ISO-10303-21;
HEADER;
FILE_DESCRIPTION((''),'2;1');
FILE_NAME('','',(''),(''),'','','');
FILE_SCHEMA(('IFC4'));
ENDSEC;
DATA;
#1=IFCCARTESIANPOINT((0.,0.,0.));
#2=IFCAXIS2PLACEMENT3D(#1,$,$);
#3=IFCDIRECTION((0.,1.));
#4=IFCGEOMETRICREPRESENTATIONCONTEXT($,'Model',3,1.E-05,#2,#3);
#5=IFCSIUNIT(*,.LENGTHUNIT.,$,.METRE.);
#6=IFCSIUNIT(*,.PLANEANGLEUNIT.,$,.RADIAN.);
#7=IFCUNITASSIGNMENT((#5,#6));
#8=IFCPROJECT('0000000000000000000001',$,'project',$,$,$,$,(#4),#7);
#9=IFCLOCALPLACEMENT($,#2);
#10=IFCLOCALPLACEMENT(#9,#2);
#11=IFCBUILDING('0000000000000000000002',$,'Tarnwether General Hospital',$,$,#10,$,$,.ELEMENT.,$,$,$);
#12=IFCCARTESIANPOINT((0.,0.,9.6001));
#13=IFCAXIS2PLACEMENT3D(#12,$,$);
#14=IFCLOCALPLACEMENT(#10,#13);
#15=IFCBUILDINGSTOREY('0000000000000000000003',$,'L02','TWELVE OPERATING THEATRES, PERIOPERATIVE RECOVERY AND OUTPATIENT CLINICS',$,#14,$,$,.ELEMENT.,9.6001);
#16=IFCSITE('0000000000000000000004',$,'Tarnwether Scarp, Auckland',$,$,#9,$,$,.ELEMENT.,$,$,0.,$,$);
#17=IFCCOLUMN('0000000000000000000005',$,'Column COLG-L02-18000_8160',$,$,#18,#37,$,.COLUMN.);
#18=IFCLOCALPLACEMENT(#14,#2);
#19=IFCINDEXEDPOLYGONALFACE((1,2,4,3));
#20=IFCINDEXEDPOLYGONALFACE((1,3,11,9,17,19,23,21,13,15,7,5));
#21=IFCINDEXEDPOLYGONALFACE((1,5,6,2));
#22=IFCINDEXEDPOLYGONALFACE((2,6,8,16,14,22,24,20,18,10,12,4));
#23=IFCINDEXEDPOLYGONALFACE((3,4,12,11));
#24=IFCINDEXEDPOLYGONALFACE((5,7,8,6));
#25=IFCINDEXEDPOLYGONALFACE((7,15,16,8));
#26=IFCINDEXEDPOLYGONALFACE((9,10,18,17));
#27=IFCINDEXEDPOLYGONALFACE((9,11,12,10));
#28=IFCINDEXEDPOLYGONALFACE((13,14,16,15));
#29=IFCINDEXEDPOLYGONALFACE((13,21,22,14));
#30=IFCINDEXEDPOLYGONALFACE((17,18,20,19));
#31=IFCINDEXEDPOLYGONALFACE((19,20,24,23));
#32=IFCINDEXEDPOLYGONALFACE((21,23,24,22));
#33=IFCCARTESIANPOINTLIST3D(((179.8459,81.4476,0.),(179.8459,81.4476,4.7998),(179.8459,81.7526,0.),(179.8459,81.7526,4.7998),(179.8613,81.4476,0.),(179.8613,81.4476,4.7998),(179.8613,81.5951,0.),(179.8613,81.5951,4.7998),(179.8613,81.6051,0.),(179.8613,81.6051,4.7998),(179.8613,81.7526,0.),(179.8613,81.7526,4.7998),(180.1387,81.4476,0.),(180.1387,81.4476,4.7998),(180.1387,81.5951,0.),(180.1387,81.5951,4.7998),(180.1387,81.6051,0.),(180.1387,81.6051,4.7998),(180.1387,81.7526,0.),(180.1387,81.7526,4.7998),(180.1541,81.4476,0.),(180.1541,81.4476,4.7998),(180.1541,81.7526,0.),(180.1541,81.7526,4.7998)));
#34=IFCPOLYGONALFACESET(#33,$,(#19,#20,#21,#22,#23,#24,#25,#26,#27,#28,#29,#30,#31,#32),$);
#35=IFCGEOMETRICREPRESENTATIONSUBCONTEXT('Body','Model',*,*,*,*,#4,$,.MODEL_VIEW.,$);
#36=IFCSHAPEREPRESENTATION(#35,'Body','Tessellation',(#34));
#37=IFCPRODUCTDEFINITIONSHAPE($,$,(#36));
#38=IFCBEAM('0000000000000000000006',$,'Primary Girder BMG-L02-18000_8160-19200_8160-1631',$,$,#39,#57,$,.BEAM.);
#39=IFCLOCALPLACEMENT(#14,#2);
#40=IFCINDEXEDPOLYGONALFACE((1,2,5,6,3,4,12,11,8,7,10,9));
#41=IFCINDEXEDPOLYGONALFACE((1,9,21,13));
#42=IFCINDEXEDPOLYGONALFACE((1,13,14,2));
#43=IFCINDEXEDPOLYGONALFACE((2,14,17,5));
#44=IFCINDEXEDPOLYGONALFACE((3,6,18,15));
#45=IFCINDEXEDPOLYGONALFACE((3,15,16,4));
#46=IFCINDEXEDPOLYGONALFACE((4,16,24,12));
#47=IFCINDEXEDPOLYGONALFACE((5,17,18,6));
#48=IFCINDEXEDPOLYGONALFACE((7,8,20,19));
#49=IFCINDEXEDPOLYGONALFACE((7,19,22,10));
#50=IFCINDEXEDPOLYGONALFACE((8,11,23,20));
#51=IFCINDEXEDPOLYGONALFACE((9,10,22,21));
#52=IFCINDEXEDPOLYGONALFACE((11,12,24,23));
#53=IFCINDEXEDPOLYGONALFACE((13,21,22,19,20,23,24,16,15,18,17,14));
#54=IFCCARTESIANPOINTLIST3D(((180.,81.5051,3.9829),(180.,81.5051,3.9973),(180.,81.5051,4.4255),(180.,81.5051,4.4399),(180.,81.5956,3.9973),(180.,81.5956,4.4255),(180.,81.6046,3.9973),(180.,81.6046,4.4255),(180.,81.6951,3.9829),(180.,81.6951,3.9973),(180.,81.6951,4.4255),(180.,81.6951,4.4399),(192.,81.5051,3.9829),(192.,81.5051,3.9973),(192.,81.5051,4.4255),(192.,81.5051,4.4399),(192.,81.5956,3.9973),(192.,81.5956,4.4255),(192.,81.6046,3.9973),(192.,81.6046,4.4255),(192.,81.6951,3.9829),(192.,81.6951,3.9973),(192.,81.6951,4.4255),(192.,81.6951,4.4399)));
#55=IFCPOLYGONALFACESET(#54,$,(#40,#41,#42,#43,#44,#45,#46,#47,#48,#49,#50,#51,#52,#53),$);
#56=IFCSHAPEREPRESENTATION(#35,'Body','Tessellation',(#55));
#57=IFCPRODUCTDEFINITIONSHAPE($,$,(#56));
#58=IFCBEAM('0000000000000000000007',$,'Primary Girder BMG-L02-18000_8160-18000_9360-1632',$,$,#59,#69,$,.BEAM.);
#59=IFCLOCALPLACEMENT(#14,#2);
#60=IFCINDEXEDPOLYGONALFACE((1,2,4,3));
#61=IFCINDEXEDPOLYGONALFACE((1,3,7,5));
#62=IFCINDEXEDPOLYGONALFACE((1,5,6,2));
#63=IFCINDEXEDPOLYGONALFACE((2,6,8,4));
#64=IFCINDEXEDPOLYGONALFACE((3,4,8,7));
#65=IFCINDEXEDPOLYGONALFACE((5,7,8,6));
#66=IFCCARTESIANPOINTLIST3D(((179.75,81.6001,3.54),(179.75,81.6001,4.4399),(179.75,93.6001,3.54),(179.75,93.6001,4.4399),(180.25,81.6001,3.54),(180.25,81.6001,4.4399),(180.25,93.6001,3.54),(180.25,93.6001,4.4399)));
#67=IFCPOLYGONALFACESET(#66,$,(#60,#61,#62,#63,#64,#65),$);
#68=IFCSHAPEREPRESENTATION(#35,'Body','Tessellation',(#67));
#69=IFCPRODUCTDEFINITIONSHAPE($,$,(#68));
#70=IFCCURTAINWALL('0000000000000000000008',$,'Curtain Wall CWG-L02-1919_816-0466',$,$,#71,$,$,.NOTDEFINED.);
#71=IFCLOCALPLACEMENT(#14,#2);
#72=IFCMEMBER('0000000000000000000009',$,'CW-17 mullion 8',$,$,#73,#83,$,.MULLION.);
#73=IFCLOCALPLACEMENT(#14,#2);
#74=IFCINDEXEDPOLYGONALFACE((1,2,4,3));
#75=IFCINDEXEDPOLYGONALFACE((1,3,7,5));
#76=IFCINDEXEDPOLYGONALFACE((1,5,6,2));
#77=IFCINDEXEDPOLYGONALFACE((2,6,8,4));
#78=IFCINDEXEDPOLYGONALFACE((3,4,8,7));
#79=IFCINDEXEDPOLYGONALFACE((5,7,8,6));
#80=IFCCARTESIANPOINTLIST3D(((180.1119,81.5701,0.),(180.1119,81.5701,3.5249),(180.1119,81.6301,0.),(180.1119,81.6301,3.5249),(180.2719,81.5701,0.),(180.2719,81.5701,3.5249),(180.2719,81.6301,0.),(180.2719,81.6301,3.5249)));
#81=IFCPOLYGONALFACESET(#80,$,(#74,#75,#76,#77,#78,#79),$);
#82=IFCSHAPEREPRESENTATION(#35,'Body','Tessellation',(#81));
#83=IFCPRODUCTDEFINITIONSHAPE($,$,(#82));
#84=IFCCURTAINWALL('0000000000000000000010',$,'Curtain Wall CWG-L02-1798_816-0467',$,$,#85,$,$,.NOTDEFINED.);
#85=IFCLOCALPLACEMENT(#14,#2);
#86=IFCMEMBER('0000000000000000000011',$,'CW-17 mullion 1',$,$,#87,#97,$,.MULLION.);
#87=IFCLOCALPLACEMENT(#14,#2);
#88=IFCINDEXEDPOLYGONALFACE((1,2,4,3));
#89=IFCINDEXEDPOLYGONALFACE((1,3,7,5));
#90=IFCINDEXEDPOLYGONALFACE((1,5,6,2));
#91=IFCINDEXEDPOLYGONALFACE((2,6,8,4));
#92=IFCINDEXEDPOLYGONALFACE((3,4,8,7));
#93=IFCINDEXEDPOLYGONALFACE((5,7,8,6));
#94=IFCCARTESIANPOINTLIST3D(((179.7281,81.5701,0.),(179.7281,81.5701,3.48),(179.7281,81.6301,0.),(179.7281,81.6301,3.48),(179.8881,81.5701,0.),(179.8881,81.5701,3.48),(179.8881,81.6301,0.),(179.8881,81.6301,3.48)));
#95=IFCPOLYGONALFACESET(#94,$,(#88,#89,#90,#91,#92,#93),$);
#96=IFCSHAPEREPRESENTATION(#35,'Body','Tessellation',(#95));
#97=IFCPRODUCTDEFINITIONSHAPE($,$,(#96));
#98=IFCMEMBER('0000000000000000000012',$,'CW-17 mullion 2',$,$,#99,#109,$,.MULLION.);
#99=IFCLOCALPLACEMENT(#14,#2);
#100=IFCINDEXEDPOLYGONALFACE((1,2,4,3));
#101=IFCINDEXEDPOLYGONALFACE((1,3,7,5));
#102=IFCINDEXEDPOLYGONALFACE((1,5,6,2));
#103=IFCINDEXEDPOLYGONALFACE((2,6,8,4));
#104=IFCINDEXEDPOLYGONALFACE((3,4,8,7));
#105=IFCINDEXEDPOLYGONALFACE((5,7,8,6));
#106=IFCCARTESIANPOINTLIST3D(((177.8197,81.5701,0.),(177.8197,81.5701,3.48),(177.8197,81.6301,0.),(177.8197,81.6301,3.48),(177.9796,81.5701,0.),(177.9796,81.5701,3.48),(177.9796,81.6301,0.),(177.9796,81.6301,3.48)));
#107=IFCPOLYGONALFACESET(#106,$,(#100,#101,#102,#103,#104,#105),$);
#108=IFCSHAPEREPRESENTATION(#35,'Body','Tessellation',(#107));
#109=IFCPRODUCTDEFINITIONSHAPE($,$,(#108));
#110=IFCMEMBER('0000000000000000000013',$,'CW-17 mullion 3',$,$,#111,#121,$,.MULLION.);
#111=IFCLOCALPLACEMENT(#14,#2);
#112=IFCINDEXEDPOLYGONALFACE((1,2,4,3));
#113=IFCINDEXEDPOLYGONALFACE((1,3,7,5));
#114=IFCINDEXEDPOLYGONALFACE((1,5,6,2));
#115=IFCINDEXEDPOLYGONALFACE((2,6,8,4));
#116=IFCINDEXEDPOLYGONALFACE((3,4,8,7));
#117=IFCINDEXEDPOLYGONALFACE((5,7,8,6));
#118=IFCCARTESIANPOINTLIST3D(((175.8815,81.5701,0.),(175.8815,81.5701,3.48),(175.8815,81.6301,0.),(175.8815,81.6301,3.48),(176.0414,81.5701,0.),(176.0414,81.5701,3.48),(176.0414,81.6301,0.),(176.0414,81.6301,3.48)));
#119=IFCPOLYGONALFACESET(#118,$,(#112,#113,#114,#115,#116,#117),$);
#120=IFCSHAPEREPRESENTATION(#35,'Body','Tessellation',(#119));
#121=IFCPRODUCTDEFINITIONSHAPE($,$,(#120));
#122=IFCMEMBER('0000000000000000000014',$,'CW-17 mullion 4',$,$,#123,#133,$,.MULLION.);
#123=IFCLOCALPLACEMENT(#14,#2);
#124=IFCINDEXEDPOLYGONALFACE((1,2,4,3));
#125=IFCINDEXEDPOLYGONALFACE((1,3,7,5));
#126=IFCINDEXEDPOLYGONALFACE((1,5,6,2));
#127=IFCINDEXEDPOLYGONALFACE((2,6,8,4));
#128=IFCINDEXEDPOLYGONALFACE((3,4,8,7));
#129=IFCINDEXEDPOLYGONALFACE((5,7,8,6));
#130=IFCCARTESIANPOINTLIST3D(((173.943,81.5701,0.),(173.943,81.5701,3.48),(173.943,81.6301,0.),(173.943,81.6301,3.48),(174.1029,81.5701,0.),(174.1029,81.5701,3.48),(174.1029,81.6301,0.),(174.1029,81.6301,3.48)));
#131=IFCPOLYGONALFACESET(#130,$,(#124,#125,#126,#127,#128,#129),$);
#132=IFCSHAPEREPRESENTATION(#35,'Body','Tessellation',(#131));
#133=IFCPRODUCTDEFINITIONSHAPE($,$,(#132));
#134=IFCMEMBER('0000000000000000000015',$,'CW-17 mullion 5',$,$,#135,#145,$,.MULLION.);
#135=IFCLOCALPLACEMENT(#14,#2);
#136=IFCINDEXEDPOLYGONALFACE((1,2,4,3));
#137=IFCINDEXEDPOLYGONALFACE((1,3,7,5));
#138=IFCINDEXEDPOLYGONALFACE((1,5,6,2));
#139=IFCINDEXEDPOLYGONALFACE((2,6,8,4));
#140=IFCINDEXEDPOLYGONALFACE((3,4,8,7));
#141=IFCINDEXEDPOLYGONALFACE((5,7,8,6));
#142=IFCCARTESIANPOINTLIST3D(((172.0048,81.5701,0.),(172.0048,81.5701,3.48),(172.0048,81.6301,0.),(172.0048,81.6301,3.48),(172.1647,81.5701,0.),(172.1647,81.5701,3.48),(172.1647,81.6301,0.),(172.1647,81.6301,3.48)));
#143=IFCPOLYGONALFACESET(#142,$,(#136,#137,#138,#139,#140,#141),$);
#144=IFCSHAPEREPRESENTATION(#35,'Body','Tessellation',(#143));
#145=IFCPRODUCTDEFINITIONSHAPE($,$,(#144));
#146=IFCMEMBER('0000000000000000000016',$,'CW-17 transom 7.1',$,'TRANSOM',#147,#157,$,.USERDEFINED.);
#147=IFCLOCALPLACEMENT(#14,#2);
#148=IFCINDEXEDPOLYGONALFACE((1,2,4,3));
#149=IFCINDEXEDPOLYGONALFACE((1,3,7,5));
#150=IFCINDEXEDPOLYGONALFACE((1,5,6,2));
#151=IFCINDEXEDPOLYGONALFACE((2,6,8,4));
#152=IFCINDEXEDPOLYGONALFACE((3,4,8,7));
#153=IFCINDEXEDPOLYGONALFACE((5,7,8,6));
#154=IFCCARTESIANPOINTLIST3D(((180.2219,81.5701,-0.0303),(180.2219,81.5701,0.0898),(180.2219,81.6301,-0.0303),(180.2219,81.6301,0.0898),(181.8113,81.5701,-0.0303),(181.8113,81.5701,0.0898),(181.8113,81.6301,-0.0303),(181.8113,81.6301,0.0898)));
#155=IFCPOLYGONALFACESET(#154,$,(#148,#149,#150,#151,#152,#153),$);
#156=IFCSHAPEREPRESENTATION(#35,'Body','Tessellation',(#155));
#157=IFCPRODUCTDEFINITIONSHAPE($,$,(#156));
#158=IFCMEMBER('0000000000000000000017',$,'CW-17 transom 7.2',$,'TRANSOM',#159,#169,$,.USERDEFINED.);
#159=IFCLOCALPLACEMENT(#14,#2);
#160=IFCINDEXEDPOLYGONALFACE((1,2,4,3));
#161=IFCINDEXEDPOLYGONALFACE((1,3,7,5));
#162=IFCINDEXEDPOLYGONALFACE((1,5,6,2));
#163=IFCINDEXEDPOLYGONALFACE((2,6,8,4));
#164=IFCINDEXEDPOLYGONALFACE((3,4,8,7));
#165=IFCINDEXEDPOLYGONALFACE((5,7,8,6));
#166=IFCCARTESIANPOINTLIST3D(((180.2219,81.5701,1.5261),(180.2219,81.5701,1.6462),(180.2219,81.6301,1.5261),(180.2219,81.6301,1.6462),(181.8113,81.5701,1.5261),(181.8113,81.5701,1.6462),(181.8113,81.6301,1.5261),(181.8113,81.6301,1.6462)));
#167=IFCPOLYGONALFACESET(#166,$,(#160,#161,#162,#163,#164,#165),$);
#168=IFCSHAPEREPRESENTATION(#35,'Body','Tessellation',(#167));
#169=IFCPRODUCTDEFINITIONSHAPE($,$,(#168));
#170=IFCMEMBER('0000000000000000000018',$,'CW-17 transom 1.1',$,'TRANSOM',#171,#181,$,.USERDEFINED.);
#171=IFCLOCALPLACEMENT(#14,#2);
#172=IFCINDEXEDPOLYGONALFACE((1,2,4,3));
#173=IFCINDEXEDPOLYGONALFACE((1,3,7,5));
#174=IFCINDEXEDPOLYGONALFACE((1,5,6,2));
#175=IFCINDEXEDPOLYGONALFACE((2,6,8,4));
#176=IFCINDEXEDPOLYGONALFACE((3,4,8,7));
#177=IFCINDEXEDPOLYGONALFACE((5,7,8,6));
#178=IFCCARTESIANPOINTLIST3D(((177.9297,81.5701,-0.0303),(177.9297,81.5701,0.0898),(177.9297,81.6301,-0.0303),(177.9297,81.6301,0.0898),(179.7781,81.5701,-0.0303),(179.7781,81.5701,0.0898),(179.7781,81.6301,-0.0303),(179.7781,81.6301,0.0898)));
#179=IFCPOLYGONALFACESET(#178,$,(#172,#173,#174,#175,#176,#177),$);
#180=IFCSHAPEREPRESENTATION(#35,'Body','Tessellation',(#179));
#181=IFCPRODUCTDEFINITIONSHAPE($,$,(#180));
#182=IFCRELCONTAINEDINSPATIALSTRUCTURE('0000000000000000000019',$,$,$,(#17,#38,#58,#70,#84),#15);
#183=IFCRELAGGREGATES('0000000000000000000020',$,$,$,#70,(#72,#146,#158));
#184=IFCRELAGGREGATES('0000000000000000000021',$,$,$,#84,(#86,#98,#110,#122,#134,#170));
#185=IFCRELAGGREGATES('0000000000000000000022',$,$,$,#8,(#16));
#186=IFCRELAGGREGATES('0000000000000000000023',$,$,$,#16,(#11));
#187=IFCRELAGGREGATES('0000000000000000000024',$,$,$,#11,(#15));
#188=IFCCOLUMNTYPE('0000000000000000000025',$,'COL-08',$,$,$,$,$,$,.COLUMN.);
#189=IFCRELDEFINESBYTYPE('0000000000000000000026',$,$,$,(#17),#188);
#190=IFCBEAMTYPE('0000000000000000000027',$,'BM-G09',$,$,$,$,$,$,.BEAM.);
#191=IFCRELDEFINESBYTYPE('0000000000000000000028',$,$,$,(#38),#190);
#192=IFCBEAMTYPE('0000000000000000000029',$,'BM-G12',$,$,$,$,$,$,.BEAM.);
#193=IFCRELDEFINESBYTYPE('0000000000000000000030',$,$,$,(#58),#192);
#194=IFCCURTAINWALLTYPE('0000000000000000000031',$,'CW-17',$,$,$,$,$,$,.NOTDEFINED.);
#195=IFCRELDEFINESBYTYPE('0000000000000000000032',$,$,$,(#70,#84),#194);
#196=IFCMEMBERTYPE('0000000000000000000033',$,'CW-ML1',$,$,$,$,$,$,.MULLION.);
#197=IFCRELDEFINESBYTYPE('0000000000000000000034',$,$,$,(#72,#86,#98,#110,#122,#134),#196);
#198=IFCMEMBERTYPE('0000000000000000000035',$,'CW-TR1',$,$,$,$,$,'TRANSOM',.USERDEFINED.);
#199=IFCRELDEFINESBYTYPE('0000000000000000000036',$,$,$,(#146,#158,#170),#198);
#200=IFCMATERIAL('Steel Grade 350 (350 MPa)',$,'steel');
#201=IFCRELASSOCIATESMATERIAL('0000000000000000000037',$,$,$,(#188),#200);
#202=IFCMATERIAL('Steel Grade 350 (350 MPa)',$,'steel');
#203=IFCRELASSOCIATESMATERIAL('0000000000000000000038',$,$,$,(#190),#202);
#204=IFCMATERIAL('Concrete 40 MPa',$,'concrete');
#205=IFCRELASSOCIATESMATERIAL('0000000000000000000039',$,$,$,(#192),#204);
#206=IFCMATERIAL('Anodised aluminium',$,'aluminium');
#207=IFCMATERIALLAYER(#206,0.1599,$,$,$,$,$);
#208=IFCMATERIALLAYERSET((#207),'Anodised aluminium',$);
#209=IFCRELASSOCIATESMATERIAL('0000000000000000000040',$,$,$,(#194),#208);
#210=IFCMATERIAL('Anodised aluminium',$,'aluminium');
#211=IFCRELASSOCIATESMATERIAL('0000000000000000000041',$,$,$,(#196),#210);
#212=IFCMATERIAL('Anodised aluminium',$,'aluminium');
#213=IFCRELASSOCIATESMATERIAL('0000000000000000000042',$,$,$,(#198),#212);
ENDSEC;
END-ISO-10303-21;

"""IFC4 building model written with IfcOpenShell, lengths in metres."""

from ifc_helpers import new_model, si_unit, direction, frame, origin, origin_2d, place, context, subcontext, project, spatial, rectangle, i_section, extrude, material, layer, layer_set, material_profile, profile_set, type_object, element, aggregate, save


model = new_model("IFC4")

# Units and contexts
model_context = context("Model", 3, precision=1e-05, world=origin(), true_north=direction((0.0, 1.0)))
body_context = subcontext(model_context, "Body", "Model", "MODEL_VIEW")
ifc_project = project(units=[si_unit("LENGTHUNIT", "METRE"), si_unit("PLANEANGLEUNIT", "RADIAN")], contexts=[model_context])

# Site, building, storey
site_placement = place(None, origin())
site = spatial("IfcSite", under=ifc_project, at=site_placement, Name="Tarnwether Scarp, Auckland", CompositionType="ELEMENT", RefElevation=0.0)
building_placement = place(site_placement, origin())
building = spatial("IfcBuilding", under=site, at=building_placement, Name="Tarnwether General Hospital", CompositionType="ELEMENT")
storey_placement = place(building_placement, frame((0.0, 0.0, 9.6001)))
storey = spatial("IfcBuildingStorey", under=building, at=storey_placement, Name="L02", Description="TWELVE OPERATING THEATRES, PERIOPERATIVE RECOVERY AND OUTPATIENT CLINICS", CompositionType="ELEMENT", Elevation=9.6001)

# Column
ifc_material_1 = material(Name="Steel Grade 350 (350 MPa)", Category="steel")
ifc_material_profile_1 = material_profile(ifc_material_1, i_section(OverallWidth=0.3049, OverallDepth=0.3081, WebThickness=0.01, FlangeThickness=0.0154, at=origin_2d()), Name="310UC96.8")
ifc_profile_set_1 = profile_set([ifc_material_profile_1], Name="Steel Grade 350 (350 MPa)")
column_type = type_object("IfcColumnType", Name="COL-08", PredefinedType="COLUMN", material=ifc_profile_set_1)
column_placement = place(storey_placement, frame((180.0, 81.6001, 0.0), z_axis=(0.0, 0.0, 1.0), x_axis=(0.0, 1.0, 0.0)))
element("IfcColumn", 1, at=column_placement, inside=storey, type_object=column_type, Name="Column COLG-L02-18000_8160", PredefinedType="COLUMN", context=body_context, shape_type="SweptSolid", body=[
    extrude(i_section(OverallWidth=0.3049, OverallDepth=0.3081, WebThickness=0.01, FlangeThickness=0.0154, at=origin_2d()), origin(), (0.0, 0.0, 1.0), 4.7998),
])

# Beams
ifc_material_2 = material(Name="Steel Grade 350 (350 MPa)", Category="steel")
ifc_material_profile_2 = material_profile(ifc_material_2, i_section(OverallWidth=0.1899, OverallDepth=0.457, WebThickness=0.009, FlangeThickness=0.0144, at=origin_2d()), Name="460UB74.6")
ifc_profile_set_2 = profile_set([ifc_material_profile_2], Name="Steel Grade 350 (350 MPa)")
beam_type_1 = type_object("IfcBeamType", Name="BM-G09", PredefinedType="BEAM", material=ifc_profile_set_2)
beam_1_placement = place(storey_placement, frame((180.0, 81.6001, 4.2114), z_axis=(1.0, 0.0, 0.0), x_axis=(0.0, 1.0, 0.0)))
element("IfcBeam", 2, at=beam_1_placement, inside=storey, type_object=beam_type_1, Name="Primary Girder BMG-L02-18000_8160-19200_8160-1631", PredefinedType="BEAM", context=body_context, shape_type="SweptSolid", body=[
    extrude(i_section(OverallWidth=0.1899, OverallDepth=0.457, WebThickness=0.009, FlangeThickness=0.0144, at=origin_2d()), origin(), (0.0, 0.0, 1.0), 12.0),
])
ifc_material_3 = material(Name="Concrete 40 MPa", Category="concrete")
ifc_material_profile_3 = material_profile(ifc_material_3, rectangle(XDim=0.5, YDim=0.8999, at=origin_2d()), Name="RC-BM-500x900")
ifc_profile_set_3 = profile_set([ifc_material_profile_3], Name="Concrete 40 MPa")
beam_type_2 = type_object("IfcBeamType", Name="BM-G12", PredefinedType="BEAM", material=ifc_profile_set_3)
beam_2_placement = place(storey_placement, frame((180.0, 81.6001, 3.99), z_axis=(0.0, 1.0, 0.0), x_axis=(-1.0, 0.0, 0.0)))
element("IfcBeam", 3, at=beam_2_placement, inside=storey, type_object=beam_type_2, Name="Primary Girder BMG-L02-18000_8160-18000_9360-1632", PredefinedType="BEAM", context=body_context, shape_type="SweptSolid", body=[
    extrude(rectangle(XDim=0.5, YDim=0.8999, at=origin_2d()), origin(), (0.0, 0.0, 1.0), 12.0),
])

# Curtain wall, member
ifc_material_4 = material(Name="Anodised aluminium", Category="aluminium")
ifc_layer_1 = layer(ifc_material_4, 0.1599)
ifc_layer_set_1 = layer_set([ifc_layer_1], Name="Anodised aluminium")
curtain_wall_type = type_object("IfcCurtainWallType", Name="CW-17", PredefinedType="NOTDEFINED", material=ifc_layer_set_1)
curtain_wall_1_placement = place(storey_placement, origin())
curtain_wall_1 = element("IfcCurtainWall", 4, at=curtain_wall_1_placement, inside=storey, type_object=curtain_wall_type, Name="Curtain Wall CWG-L02-1919_816-0466", PredefinedType="NOTDEFINED")
ifc_material_5 = material(Name="Anodised aluminium", Category="aluminium")
ifc_material_profile_4 = material_profile(ifc_material_5, rectangle(XDim=0.0601, YDim=0.1599, at=origin_2d()), Name="ALU-MUL-60x160")
ifc_profile_set_4 = profile_set([ifc_material_profile_4], Name="Anodised aluminium")
member_type_1 = type_object("IfcMemberType", Name="CW-ML1", PredefinedType="MULLION", material=ifc_profile_set_4)
member_1_placement = place(storey_placement, frame((180.1919, 81.6001, 0.0), z_axis=(0.0, 0.0, 1.0), x_axis=(0.0, -1.0, 0.0)))
member_1 = element("IfcMember", 5, at=member_1_placement, type_object=member_type_1, Name="CW-17 mullion 8", PredefinedType="MULLION", context=body_context, shape_type="SweptSolid", body=[
    extrude(rectangle(XDim=0.0601, YDim=0.1599, at=origin_2d()), origin(), (0.0, 0.0, 1.0), 3.5249),
])

# Curtain wall, members
curtain_wall_2_placement = place(storey_placement, origin())
curtain_wall_2 = element("IfcCurtainWall", 6, at=curtain_wall_2_placement, inside=storey, type_object=curtain_wall_type, Name="Curtain Wall CWG-L02-1798_816-0467", PredefinedType="NOTDEFINED")
member_2_placement = place(storey_placement, frame((179.8081, 81.6001, 0.0), z_axis=(0.0, 0.0, 1.0), x_axis=(0.0, -1.0, 0.0)))
member_2 = element("IfcMember", 7, at=member_2_placement, type_object=member_type_1, Name="CW-17 mullion 1", PredefinedType="MULLION", context=body_context, shape_type="SweptSolid", body=[
    extrude(rectangle(XDim=0.0601, YDim=0.1599, at=origin_2d()), origin(), (0.0, 0.0, 1.0), 3.48),
])
member_3_placement = place(storey_placement, frame((177.8997, 81.6001, 0.0), z_axis=(0.0, 0.0, 1.0), x_axis=(0.0, -1.0, 0.0)))
member_3 = element("IfcMember", 8, at=member_3_placement, type_object=member_type_1, Name="CW-17 mullion 2", PredefinedType="MULLION", context=body_context, shape_type="SweptSolid", body=[
    extrude(rectangle(XDim=0.0601, YDim=0.1599, at=origin_2d()), origin(), (0.0, 0.0, 1.0), 3.48),
])
member_4_placement = place(storey_placement, frame((175.9614, 81.6001, 0.0), z_axis=(0.0, 0.0, 1.0), x_axis=(0.0, -1.0, 0.0)))
member_4 = element("IfcMember", 9, at=member_4_placement, type_object=member_type_1, Name="CW-17 mullion 3", PredefinedType="MULLION", context=body_context, shape_type="SweptSolid", body=[
    extrude(rectangle(XDim=0.0601, YDim=0.1599, at=origin_2d()), origin(), (0.0, 0.0, 1.0), 3.48),
])
member_5_placement = place(storey_placement, frame((174.0229, 81.6001, 0.0), z_axis=(0.0, 0.0, 1.0), x_axis=(0.0, -1.0, 0.0)))
member_5 = element("IfcMember", 10, at=member_5_placement, type_object=member_type_1, Name="CW-17 mullion 4", PredefinedType="MULLION", context=body_context, shape_type="SweptSolid", body=[
    extrude(rectangle(XDim=0.0601, YDim=0.1599, at=origin_2d()), origin(), (0.0, 0.0, 1.0), 3.48),
])
member_6_placement = place(storey_placement, frame((172.0847, 81.6001, 0.0), z_axis=(0.0, 0.0, 1.0), x_axis=(0.0, -1.0, 0.0)))
member_6 = element("IfcMember", 11, at=member_6_placement, type_object=member_type_1, Name="CW-17 mullion 5", PredefinedType="MULLION", context=body_context, shape_type="SweptSolid", body=[
    extrude(rectangle(XDim=0.0601, YDim=0.1599, at=origin_2d()), origin(), (0.0, 0.0, 1.0), 3.48),
])

# Members
ifc_material_6 = material(Name="Anodised aluminium", Category="aluminium")
ifc_material_profile_5 = material_profile(ifc_material_6, rectangle(XDim=0.0601, YDim=0.1201, at=origin_2d()), Name="ALU-TRN-60x120")
ifc_profile_set_5 = profile_set([ifc_material_profile_5], Name="Anodised aluminium")
member_type_2 = type_object("IfcMemberType", Name="CW-TR1", ElementType="TRANSOM", PredefinedType="USERDEFINED", material=ifc_profile_set_5)
member_7_placement = place(storey_placement, frame((181.8113, 81.6001, 0.0298), z_axis=(-1.0, 0.0, 0.0), x_axis=(0.0, -1.0, 0.0)))
member_7 = element("IfcMember", 12, at=member_7_placement, type_object=member_type_2, Name="CW-17 transom 7.1", ObjectType="TRANSOM", PredefinedType="USERDEFINED", context=body_context, shape_type="SweptSolid", body=[
    extrude(rectangle(XDim=0.0601, YDim=0.1201, at=origin_2d()), origin(), (0.0, 0.0, 1.0), 1.5894),
])
member_8_placement = place(storey_placement, frame((181.8113, 81.6001, 1.5862), z_axis=(-1.0, 0.0, 0.0), x_axis=(0.0, -1.0, 0.0)))
member_8 = element("IfcMember", 13, at=member_8_placement, type_object=member_type_2, Name="CW-17 transom 7.2", ObjectType="TRANSOM", PredefinedType="USERDEFINED", context=body_context, shape_type="SweptSolid", body=[
    extrude(rectangle(XDim=0.0601, YDim=0.1201, at=origin_2d()), origin(), (0.0, 0.0, 1.0), 1.5894),
])
member_9_placement = place(storey_placement, frame((179.7781, 81.6001, 0.0298), z_axis=(-1.0, 0.0, 0.0), x_axis=(0.0, -1.0, 0.0)))
member_9 = element("IfcMember", 14, at=member_9_placement, type_object=member_type_2, Name="CW-17 transom 1.1", ObjectType="TRANSOM", PredefinedType="USERDEFINED", context=body_context, shape_type="SweptSolid", body=[
    extrude(rectangle(XDim=0.0601, YDim=0.1201, at=origin_2d()), origin(), (0.0, 0.0, 1.0), 1.8484),
])

aggregate(curtain_wall_1, [member_1, member_7, member_8])
aggregate(curtain_wall_2, [member_2, member_3, member_4, member_5, member_6, member_9])

save(model, "model.ifc")
